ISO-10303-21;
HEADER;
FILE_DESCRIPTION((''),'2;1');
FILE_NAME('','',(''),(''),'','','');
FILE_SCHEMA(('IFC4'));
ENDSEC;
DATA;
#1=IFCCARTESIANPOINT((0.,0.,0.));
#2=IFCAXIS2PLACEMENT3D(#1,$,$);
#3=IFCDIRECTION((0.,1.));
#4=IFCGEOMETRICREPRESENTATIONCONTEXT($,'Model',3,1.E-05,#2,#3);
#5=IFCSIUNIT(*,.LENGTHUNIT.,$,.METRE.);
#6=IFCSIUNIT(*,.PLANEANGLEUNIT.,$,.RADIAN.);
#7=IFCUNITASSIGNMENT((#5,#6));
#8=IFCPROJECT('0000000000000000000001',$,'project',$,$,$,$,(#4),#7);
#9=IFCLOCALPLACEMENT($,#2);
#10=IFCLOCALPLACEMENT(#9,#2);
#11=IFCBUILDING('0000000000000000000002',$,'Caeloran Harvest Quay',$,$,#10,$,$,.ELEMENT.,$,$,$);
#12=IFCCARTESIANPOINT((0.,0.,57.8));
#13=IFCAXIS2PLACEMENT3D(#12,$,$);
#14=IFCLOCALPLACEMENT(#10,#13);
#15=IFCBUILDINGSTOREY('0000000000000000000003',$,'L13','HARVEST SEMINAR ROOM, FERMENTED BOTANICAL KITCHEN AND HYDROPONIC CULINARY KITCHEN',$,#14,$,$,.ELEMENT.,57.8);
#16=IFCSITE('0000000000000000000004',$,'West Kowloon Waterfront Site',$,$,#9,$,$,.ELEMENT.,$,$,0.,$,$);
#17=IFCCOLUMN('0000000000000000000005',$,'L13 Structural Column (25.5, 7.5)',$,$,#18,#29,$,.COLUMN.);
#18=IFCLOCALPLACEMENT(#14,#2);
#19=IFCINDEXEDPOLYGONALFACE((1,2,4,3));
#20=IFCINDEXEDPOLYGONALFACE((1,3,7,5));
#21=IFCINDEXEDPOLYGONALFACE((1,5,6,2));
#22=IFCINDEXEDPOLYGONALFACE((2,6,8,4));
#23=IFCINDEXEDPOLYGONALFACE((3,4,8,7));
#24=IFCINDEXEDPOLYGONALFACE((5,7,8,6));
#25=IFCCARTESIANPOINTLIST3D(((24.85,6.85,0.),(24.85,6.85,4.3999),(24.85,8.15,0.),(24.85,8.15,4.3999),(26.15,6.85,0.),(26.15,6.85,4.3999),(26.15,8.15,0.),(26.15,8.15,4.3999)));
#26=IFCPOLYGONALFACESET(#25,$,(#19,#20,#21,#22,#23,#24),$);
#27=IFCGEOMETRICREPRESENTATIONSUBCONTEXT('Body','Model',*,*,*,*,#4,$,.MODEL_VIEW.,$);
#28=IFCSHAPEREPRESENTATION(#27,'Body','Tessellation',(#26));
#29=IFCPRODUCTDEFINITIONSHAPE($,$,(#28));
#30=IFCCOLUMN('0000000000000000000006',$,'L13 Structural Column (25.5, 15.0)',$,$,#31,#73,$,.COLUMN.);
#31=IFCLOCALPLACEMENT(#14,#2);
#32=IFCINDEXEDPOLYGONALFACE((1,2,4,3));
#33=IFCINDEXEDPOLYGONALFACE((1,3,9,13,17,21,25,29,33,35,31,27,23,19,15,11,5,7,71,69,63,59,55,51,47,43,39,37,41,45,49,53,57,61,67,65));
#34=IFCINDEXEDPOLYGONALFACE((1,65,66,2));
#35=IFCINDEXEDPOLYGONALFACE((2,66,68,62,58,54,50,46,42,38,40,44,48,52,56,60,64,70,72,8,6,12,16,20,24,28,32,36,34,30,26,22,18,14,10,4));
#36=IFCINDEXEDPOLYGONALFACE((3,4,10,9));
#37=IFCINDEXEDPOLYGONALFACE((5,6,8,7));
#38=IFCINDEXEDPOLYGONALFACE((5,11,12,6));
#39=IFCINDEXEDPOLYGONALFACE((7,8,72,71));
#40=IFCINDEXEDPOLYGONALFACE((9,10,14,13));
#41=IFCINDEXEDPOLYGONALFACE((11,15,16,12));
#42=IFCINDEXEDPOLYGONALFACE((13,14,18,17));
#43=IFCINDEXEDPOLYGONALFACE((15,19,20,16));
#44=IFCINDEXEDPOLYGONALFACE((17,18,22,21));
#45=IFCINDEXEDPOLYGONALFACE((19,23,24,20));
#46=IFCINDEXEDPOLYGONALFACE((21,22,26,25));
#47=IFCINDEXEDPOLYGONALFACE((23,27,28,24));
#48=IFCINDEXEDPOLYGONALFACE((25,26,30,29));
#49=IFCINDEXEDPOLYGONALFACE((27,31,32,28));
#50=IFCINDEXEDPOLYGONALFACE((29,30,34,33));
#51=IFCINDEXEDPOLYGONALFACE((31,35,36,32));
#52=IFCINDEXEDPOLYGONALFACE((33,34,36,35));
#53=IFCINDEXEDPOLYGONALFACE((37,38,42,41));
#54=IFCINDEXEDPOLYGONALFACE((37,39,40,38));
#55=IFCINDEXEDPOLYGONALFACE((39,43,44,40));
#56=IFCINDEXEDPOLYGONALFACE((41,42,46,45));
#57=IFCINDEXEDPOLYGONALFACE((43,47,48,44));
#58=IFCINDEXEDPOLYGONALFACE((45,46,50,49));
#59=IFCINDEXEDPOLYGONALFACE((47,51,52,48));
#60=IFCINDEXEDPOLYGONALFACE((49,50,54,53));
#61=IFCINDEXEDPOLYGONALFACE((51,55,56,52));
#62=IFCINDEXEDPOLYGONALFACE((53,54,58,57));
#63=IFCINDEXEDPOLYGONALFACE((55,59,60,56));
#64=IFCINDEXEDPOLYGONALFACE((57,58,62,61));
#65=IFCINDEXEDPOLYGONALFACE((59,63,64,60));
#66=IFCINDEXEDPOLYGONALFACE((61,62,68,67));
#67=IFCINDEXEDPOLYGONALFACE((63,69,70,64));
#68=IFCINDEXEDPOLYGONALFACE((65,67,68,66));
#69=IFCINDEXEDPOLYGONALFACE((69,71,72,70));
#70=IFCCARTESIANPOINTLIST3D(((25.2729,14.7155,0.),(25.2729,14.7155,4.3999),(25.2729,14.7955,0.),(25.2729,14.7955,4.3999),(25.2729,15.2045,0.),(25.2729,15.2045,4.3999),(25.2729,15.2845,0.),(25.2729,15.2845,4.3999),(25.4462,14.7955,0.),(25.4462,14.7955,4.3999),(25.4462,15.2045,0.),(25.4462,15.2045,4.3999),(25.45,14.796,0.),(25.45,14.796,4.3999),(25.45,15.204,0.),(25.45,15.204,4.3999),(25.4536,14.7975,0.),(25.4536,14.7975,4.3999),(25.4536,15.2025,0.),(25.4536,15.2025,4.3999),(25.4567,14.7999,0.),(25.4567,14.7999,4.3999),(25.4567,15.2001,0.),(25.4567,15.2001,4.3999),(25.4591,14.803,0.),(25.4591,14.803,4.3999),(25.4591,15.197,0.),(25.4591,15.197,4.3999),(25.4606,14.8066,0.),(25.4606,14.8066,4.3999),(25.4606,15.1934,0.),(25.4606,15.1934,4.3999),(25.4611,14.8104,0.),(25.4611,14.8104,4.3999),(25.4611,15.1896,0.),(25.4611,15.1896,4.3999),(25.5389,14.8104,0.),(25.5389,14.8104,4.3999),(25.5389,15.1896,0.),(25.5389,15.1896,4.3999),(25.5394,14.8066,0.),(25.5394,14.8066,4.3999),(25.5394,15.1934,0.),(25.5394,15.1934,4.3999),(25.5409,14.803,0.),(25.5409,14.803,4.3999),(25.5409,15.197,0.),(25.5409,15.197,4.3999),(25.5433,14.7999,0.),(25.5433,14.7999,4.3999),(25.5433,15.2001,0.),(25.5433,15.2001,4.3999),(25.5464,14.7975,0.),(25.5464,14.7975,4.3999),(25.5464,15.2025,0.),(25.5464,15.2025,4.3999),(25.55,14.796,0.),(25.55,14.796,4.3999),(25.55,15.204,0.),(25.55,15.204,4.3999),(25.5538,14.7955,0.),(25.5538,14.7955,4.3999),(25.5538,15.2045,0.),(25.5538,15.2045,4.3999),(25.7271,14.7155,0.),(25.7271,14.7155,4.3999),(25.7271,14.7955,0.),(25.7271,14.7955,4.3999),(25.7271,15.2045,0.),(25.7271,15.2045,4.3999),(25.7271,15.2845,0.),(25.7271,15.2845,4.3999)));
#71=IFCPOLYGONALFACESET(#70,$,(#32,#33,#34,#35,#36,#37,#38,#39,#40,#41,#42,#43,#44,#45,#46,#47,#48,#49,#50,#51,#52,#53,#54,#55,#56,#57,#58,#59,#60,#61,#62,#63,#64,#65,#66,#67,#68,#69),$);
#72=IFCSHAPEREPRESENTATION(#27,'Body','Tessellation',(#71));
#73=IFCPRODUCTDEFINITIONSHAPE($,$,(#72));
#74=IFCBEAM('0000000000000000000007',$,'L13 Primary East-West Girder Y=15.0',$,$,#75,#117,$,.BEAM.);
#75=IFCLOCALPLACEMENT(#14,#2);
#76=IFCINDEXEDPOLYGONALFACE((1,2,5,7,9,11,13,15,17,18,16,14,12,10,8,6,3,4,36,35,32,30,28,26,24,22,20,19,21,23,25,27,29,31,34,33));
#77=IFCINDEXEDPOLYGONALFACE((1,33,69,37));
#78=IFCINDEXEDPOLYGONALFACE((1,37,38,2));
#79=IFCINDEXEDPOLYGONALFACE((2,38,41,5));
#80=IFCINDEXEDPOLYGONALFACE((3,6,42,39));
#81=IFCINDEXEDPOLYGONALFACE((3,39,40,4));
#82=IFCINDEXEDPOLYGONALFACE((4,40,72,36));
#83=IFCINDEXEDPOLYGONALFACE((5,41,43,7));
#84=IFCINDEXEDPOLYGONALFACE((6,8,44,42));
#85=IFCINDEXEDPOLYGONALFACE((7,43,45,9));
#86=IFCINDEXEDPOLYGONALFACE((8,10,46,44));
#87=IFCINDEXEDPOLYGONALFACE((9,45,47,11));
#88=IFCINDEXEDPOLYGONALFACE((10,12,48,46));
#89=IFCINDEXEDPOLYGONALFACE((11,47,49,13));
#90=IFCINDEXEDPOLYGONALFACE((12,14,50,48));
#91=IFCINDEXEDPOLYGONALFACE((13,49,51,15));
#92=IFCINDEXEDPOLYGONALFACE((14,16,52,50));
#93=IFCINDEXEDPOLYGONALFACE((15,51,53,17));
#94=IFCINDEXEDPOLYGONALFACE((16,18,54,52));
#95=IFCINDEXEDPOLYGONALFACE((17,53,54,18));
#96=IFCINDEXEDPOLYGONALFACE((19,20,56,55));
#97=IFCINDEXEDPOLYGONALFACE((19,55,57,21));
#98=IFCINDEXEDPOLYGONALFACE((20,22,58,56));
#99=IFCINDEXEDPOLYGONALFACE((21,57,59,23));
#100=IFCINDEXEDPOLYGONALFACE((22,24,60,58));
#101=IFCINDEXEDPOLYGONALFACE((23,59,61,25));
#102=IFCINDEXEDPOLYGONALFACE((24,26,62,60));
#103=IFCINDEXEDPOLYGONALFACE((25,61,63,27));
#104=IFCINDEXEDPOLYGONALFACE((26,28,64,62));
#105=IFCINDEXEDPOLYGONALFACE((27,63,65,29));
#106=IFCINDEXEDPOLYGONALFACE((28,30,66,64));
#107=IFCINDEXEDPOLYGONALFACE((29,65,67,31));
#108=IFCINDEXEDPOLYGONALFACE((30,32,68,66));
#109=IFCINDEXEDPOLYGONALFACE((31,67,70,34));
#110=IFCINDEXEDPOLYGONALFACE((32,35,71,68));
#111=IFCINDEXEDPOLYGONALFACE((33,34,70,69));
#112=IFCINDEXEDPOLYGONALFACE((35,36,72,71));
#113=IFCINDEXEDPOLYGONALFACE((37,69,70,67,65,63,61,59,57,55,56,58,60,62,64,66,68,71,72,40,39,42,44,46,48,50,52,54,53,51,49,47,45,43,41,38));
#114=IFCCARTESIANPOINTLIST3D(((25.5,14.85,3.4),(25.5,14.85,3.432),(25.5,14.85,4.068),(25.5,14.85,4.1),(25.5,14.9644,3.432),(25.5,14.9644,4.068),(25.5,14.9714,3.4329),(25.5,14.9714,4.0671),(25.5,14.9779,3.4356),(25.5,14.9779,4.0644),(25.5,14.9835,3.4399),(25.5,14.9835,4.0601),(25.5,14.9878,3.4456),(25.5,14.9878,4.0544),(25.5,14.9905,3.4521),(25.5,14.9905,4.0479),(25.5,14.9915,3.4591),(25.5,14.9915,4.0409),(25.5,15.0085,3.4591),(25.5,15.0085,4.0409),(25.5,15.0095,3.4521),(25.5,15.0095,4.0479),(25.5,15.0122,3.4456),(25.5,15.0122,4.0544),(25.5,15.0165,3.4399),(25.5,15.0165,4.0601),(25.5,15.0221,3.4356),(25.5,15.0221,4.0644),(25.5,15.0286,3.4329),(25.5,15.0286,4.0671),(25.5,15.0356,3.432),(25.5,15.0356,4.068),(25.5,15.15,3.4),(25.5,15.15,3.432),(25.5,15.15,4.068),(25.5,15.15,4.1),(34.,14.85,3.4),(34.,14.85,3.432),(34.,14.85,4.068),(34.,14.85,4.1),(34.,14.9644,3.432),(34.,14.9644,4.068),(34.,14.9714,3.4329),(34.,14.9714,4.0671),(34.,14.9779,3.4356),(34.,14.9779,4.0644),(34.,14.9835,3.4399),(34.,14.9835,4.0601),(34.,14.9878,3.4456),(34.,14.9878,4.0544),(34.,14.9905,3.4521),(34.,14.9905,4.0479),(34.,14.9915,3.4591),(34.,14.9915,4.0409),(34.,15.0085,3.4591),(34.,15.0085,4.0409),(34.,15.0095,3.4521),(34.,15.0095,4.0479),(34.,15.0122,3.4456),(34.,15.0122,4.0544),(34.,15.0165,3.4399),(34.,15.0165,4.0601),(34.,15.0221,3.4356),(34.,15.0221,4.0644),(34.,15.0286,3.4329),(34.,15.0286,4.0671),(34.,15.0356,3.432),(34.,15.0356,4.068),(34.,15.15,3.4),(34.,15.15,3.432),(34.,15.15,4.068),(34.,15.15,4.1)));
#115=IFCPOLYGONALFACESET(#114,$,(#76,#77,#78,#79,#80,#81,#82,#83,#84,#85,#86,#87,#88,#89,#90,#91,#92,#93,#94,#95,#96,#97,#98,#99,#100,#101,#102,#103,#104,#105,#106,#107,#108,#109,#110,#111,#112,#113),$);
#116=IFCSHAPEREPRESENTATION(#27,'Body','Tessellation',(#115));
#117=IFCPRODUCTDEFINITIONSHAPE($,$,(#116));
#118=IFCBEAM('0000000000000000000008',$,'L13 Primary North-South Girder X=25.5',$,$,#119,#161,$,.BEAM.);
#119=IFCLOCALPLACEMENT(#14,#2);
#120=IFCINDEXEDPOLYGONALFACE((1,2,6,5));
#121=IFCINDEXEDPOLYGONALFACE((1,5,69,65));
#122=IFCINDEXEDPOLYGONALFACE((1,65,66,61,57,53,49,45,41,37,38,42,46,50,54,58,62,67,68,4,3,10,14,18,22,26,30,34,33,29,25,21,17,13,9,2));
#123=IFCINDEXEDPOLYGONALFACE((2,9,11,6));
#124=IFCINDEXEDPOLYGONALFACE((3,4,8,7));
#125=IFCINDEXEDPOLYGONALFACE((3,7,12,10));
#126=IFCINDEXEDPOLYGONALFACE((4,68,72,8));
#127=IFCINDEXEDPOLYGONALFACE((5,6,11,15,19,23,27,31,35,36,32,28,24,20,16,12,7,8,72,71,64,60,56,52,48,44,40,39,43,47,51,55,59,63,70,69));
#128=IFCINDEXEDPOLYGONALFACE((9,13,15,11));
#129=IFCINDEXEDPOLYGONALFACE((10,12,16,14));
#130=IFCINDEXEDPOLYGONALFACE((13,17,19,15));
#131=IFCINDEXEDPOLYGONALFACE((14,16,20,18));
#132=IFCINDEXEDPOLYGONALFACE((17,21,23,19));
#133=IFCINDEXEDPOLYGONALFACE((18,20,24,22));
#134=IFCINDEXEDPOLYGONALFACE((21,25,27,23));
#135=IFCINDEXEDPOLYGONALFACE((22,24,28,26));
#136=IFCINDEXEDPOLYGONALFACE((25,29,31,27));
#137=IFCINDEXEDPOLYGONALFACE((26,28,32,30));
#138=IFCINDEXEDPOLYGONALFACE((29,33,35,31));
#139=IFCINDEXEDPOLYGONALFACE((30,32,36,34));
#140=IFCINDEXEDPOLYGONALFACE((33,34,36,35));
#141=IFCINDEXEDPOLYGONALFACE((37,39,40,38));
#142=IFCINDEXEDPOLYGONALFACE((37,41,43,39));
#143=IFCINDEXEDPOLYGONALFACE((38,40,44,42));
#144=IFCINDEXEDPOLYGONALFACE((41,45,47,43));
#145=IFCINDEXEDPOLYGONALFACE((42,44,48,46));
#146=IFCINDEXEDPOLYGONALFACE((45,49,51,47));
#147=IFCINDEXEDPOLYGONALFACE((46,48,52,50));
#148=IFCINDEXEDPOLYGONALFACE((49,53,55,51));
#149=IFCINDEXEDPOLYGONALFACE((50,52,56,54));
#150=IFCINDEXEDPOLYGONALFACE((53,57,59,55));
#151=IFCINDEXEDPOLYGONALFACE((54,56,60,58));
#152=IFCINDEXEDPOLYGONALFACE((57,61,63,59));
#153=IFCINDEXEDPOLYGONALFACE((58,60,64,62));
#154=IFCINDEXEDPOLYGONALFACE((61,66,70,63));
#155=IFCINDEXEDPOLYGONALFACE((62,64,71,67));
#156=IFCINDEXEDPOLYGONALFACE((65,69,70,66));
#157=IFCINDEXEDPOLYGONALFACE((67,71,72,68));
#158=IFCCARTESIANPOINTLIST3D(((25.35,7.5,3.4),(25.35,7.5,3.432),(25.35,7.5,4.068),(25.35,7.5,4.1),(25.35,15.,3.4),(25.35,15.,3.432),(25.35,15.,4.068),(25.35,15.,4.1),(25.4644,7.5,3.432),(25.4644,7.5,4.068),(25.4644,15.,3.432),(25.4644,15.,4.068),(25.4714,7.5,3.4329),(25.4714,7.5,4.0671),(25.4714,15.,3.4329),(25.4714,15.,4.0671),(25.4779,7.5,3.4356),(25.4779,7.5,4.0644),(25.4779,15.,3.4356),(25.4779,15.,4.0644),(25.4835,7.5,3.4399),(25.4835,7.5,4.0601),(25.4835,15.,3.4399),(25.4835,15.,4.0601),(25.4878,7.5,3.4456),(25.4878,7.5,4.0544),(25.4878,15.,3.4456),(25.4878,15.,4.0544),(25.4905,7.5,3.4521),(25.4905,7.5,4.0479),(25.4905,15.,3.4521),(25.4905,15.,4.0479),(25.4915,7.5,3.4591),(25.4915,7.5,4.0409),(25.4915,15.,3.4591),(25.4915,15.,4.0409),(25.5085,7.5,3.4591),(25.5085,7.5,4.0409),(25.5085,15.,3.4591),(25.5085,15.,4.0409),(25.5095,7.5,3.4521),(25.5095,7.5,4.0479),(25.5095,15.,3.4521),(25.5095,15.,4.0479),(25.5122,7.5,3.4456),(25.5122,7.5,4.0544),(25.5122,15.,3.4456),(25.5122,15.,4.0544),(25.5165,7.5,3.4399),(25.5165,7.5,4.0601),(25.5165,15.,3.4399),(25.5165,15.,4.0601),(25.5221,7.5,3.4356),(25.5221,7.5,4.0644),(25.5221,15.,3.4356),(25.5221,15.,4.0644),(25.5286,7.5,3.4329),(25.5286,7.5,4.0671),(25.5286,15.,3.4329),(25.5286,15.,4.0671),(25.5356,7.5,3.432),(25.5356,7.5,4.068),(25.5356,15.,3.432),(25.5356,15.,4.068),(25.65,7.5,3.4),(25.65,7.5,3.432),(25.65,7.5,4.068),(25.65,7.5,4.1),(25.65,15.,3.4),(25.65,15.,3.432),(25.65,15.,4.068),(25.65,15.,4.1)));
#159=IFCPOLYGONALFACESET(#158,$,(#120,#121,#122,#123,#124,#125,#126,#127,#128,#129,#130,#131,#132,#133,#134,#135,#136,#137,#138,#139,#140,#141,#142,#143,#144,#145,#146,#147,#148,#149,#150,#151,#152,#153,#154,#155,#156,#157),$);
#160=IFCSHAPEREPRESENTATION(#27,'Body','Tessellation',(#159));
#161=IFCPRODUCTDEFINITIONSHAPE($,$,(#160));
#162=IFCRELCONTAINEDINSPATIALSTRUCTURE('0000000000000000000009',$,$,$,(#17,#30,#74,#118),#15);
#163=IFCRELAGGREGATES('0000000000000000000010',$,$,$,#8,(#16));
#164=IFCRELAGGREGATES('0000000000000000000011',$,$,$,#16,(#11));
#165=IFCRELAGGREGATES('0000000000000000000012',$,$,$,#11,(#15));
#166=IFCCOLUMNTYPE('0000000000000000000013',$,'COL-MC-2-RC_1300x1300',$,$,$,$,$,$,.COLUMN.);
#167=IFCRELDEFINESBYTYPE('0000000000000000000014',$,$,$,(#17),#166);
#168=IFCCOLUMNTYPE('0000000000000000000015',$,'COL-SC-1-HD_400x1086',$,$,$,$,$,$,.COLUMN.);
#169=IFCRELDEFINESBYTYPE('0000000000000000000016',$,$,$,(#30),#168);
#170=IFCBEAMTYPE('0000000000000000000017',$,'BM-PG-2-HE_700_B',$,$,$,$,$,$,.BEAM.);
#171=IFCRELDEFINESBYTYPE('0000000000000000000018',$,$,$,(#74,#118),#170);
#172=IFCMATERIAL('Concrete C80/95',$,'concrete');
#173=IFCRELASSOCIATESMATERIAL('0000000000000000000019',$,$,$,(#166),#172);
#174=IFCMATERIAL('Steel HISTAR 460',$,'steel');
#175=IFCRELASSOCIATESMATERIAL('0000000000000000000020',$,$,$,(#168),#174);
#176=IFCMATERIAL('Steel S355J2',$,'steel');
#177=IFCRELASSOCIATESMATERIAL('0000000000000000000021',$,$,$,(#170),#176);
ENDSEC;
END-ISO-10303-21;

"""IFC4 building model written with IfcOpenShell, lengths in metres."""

from ifc_helpers import new_model, si_unit, direction, frame, origin, origin_2d, place, context, subcontext, project, spatial, rectangle, i_section, extrude, material, material_profile, profile_set, type_object, element, save


model = new_model("IFC4")

# Units and contexts
model_context = context("Model", 3, precision=1e-05, world=origin(), true_north=direction((0.0, 1.0)))
body_context = subcontext(model_context, "Body", "Model", "MODEL_VIEW")
ifc_project = project(units=[si_unit("LENGTHUNIT", "METRE"), si_unit("PLANEANGLEUNIT", "RADIAN")], contexts=[model_context])

# Site, building, storey
site_placement = place(None, origin())
site = spatial("IfcSite", under=ifc_project, at=site_placement, Name="West Kowloon Waterfront Site", CompositionType="ELEMENT", RefElevation=0.0)
building_placement = place(site_placement, origin())
building = spatial("IfcBuilding", under=site, at=building_placement, Name="Caeloran Harvest Quay", CompositionType="ELEMENT")
storey_placement = place(building_placement, frame((0.0, 0.0, 57.8)))
storey = spatial("IfcBuildingStorey", under=building, at=storey_placement, Name="L13", Description="HARVEST SEMINAR ROOM, FERMENTED BOTANICAL KITCHEN AND HYDROPONIC CULINARY KITCHEN", CompositionType="ELEMENT", Elevation=57.8)

# Columns
ifc_material_1 = material(Name="Concrete C80/95", Category="concrete")
ifc_material_profile_1 = material_profile(ifc_material_1, rectangle(XDim=1.3, YDim=1.3, at=origin_2d()), Name="RC 1300x1300")
ifc_profile_set_1 = profile_set([ifc_material_profile_1], Name="Concrete C80/95")
column_type_1 = type_object("IfcColumnType", Name="COL-MC-2-RC_1300x1300", PredefinedType="COLUMN", material=ifc_profile_set_1)
column_1_placement = place(storey_placement, frame((25.5, 7.5, 0.0), z_axis=(0.0, 0.0, 1.0), x_axis=(1.0, 0.0, 0.0)))
element("IfcColumn", 1, at=column_1_placement, inside=storey, type_object=column_type_1, Name="L13 Structural Column (25.5, 7.5)", PredefinedType="COLUMN", context=body_context, shape_type="SweptSolid", body=[
    extrude(rectangle(XDim=1.3, YDim=1.3, at=origin_2d()), origin(), (0.0, 0.0, 1.0), 4.3999),
])
ifc_material_2 = material(Name="Steel HISTAR 460", Category="steel")
ifc_material_profile_2 = material_profile(ifc_material_2, i_section(OverallWidth=0.4541, OverallDepth=0.5691, WebThickness=0.0779, FlangeThickness=0.0801, FilletRadius=0.0149, at=origin_2d()), Name="HD 400x1086")
ifc_profile_set_2 = profile_set([ifc_material_profile_2], Name="Steel HISTAR 460")
column_type_2 = type_object("IfcColumnType", Name="COL-SC-1-HD_400x1086", PredefinedType="COLUMN", material=ifc_profile_set_2)
column_2_placement = place(storey_placement, frame((25.5, 15.0, 0.0), z_axis=(0.0, 0.0, 1.0), x_axis=(1.0, 0.0, 0.0)))
element("IfcColumn", 2, at=column_2_placement, inside=storey, type_object=column_type_2, Name="L13 Structural Column (25.5, 15.0)", PredefinedType="COLUMN", context=body_context, shape_type="SweptSolid", body=[
    extrude(i_section(OverallWidth=0.4541, OverallDepth=0.5691, WebThickness=0.0779, FlangeThickness=0.0801, FilletRadius=0.0149, at=origin_2d()), origin(), (0.0, 0.0, 1.0), 4.3999),
])

# Beams
ifc_material_3 = material(Name="Steel S355J2", Category="steel")
ifc_material_profile_3 = material_profile(ifc_material_3, i_section(OverallWidth=0.3, OverallDepth=0.7, WebThickness=0.0171, FlangeThickness=0.032, FilletRadius=0.0271, at=origin_2d()), Name="HE 700 B")
ifc_profile_set_3 = profile_set([ifc_material_profile_3], Name="Steel S355J2")
beam_type_1 = type_object("IfcBeamType", Name="BM-PG-2-HE_700_B", PredefinedType="BEAM", material=ifc_profile_set_3)
beam_1_placement = place(storey_placement, frame((25.5, 15.0, 3.75), z_axis=(1.0, 0.0, 0.0), x_axis=(0.0, 1.0, 0.0)))
element("IfcBeam", 3, at=beam_1_placement, inside=storey, type_object=beam_type_1, Name="L13 Primary East-West Girder Y=15.0", PredefinedType="BEAM", context=body_context, shape_type="SweptSolid", body=[
    extrude(i_section(OverallWidth=0.3, OverallDepth=0.7, WebThickness=0.0171, FlangeThickness=0.032, FilletRadius=0.0271, at=origin_2d()), origin(), (0.0, 0.0, 1.0), 8.5),
])
beam_2_placement = place(storey_placement, frame((25.5, 7.5, 3.75), z_axis=(0.0, 1.0, 0.0), x_axis=(-1.0, 0.0, 0.0)))
element("IfcBeam", 4, at=beam_2_placement, inside=storey, type_object=beam_type_1, Name="L13 Primary North-South Girder X=25.5", PredefinedType="BEAM", context=body_context, shape_type="SweptSolid", body=[
    extrude(i_section(OverallWidth=0.3, OverallDepth=0.7, WebThickness=0.0171, FlangeThickness=0.032, FilletRadius=0.0271, at=origin_2d()), origin(), (0.0, 0.0, 1.0), 7.5),
])

save(model, "model.ifc")
